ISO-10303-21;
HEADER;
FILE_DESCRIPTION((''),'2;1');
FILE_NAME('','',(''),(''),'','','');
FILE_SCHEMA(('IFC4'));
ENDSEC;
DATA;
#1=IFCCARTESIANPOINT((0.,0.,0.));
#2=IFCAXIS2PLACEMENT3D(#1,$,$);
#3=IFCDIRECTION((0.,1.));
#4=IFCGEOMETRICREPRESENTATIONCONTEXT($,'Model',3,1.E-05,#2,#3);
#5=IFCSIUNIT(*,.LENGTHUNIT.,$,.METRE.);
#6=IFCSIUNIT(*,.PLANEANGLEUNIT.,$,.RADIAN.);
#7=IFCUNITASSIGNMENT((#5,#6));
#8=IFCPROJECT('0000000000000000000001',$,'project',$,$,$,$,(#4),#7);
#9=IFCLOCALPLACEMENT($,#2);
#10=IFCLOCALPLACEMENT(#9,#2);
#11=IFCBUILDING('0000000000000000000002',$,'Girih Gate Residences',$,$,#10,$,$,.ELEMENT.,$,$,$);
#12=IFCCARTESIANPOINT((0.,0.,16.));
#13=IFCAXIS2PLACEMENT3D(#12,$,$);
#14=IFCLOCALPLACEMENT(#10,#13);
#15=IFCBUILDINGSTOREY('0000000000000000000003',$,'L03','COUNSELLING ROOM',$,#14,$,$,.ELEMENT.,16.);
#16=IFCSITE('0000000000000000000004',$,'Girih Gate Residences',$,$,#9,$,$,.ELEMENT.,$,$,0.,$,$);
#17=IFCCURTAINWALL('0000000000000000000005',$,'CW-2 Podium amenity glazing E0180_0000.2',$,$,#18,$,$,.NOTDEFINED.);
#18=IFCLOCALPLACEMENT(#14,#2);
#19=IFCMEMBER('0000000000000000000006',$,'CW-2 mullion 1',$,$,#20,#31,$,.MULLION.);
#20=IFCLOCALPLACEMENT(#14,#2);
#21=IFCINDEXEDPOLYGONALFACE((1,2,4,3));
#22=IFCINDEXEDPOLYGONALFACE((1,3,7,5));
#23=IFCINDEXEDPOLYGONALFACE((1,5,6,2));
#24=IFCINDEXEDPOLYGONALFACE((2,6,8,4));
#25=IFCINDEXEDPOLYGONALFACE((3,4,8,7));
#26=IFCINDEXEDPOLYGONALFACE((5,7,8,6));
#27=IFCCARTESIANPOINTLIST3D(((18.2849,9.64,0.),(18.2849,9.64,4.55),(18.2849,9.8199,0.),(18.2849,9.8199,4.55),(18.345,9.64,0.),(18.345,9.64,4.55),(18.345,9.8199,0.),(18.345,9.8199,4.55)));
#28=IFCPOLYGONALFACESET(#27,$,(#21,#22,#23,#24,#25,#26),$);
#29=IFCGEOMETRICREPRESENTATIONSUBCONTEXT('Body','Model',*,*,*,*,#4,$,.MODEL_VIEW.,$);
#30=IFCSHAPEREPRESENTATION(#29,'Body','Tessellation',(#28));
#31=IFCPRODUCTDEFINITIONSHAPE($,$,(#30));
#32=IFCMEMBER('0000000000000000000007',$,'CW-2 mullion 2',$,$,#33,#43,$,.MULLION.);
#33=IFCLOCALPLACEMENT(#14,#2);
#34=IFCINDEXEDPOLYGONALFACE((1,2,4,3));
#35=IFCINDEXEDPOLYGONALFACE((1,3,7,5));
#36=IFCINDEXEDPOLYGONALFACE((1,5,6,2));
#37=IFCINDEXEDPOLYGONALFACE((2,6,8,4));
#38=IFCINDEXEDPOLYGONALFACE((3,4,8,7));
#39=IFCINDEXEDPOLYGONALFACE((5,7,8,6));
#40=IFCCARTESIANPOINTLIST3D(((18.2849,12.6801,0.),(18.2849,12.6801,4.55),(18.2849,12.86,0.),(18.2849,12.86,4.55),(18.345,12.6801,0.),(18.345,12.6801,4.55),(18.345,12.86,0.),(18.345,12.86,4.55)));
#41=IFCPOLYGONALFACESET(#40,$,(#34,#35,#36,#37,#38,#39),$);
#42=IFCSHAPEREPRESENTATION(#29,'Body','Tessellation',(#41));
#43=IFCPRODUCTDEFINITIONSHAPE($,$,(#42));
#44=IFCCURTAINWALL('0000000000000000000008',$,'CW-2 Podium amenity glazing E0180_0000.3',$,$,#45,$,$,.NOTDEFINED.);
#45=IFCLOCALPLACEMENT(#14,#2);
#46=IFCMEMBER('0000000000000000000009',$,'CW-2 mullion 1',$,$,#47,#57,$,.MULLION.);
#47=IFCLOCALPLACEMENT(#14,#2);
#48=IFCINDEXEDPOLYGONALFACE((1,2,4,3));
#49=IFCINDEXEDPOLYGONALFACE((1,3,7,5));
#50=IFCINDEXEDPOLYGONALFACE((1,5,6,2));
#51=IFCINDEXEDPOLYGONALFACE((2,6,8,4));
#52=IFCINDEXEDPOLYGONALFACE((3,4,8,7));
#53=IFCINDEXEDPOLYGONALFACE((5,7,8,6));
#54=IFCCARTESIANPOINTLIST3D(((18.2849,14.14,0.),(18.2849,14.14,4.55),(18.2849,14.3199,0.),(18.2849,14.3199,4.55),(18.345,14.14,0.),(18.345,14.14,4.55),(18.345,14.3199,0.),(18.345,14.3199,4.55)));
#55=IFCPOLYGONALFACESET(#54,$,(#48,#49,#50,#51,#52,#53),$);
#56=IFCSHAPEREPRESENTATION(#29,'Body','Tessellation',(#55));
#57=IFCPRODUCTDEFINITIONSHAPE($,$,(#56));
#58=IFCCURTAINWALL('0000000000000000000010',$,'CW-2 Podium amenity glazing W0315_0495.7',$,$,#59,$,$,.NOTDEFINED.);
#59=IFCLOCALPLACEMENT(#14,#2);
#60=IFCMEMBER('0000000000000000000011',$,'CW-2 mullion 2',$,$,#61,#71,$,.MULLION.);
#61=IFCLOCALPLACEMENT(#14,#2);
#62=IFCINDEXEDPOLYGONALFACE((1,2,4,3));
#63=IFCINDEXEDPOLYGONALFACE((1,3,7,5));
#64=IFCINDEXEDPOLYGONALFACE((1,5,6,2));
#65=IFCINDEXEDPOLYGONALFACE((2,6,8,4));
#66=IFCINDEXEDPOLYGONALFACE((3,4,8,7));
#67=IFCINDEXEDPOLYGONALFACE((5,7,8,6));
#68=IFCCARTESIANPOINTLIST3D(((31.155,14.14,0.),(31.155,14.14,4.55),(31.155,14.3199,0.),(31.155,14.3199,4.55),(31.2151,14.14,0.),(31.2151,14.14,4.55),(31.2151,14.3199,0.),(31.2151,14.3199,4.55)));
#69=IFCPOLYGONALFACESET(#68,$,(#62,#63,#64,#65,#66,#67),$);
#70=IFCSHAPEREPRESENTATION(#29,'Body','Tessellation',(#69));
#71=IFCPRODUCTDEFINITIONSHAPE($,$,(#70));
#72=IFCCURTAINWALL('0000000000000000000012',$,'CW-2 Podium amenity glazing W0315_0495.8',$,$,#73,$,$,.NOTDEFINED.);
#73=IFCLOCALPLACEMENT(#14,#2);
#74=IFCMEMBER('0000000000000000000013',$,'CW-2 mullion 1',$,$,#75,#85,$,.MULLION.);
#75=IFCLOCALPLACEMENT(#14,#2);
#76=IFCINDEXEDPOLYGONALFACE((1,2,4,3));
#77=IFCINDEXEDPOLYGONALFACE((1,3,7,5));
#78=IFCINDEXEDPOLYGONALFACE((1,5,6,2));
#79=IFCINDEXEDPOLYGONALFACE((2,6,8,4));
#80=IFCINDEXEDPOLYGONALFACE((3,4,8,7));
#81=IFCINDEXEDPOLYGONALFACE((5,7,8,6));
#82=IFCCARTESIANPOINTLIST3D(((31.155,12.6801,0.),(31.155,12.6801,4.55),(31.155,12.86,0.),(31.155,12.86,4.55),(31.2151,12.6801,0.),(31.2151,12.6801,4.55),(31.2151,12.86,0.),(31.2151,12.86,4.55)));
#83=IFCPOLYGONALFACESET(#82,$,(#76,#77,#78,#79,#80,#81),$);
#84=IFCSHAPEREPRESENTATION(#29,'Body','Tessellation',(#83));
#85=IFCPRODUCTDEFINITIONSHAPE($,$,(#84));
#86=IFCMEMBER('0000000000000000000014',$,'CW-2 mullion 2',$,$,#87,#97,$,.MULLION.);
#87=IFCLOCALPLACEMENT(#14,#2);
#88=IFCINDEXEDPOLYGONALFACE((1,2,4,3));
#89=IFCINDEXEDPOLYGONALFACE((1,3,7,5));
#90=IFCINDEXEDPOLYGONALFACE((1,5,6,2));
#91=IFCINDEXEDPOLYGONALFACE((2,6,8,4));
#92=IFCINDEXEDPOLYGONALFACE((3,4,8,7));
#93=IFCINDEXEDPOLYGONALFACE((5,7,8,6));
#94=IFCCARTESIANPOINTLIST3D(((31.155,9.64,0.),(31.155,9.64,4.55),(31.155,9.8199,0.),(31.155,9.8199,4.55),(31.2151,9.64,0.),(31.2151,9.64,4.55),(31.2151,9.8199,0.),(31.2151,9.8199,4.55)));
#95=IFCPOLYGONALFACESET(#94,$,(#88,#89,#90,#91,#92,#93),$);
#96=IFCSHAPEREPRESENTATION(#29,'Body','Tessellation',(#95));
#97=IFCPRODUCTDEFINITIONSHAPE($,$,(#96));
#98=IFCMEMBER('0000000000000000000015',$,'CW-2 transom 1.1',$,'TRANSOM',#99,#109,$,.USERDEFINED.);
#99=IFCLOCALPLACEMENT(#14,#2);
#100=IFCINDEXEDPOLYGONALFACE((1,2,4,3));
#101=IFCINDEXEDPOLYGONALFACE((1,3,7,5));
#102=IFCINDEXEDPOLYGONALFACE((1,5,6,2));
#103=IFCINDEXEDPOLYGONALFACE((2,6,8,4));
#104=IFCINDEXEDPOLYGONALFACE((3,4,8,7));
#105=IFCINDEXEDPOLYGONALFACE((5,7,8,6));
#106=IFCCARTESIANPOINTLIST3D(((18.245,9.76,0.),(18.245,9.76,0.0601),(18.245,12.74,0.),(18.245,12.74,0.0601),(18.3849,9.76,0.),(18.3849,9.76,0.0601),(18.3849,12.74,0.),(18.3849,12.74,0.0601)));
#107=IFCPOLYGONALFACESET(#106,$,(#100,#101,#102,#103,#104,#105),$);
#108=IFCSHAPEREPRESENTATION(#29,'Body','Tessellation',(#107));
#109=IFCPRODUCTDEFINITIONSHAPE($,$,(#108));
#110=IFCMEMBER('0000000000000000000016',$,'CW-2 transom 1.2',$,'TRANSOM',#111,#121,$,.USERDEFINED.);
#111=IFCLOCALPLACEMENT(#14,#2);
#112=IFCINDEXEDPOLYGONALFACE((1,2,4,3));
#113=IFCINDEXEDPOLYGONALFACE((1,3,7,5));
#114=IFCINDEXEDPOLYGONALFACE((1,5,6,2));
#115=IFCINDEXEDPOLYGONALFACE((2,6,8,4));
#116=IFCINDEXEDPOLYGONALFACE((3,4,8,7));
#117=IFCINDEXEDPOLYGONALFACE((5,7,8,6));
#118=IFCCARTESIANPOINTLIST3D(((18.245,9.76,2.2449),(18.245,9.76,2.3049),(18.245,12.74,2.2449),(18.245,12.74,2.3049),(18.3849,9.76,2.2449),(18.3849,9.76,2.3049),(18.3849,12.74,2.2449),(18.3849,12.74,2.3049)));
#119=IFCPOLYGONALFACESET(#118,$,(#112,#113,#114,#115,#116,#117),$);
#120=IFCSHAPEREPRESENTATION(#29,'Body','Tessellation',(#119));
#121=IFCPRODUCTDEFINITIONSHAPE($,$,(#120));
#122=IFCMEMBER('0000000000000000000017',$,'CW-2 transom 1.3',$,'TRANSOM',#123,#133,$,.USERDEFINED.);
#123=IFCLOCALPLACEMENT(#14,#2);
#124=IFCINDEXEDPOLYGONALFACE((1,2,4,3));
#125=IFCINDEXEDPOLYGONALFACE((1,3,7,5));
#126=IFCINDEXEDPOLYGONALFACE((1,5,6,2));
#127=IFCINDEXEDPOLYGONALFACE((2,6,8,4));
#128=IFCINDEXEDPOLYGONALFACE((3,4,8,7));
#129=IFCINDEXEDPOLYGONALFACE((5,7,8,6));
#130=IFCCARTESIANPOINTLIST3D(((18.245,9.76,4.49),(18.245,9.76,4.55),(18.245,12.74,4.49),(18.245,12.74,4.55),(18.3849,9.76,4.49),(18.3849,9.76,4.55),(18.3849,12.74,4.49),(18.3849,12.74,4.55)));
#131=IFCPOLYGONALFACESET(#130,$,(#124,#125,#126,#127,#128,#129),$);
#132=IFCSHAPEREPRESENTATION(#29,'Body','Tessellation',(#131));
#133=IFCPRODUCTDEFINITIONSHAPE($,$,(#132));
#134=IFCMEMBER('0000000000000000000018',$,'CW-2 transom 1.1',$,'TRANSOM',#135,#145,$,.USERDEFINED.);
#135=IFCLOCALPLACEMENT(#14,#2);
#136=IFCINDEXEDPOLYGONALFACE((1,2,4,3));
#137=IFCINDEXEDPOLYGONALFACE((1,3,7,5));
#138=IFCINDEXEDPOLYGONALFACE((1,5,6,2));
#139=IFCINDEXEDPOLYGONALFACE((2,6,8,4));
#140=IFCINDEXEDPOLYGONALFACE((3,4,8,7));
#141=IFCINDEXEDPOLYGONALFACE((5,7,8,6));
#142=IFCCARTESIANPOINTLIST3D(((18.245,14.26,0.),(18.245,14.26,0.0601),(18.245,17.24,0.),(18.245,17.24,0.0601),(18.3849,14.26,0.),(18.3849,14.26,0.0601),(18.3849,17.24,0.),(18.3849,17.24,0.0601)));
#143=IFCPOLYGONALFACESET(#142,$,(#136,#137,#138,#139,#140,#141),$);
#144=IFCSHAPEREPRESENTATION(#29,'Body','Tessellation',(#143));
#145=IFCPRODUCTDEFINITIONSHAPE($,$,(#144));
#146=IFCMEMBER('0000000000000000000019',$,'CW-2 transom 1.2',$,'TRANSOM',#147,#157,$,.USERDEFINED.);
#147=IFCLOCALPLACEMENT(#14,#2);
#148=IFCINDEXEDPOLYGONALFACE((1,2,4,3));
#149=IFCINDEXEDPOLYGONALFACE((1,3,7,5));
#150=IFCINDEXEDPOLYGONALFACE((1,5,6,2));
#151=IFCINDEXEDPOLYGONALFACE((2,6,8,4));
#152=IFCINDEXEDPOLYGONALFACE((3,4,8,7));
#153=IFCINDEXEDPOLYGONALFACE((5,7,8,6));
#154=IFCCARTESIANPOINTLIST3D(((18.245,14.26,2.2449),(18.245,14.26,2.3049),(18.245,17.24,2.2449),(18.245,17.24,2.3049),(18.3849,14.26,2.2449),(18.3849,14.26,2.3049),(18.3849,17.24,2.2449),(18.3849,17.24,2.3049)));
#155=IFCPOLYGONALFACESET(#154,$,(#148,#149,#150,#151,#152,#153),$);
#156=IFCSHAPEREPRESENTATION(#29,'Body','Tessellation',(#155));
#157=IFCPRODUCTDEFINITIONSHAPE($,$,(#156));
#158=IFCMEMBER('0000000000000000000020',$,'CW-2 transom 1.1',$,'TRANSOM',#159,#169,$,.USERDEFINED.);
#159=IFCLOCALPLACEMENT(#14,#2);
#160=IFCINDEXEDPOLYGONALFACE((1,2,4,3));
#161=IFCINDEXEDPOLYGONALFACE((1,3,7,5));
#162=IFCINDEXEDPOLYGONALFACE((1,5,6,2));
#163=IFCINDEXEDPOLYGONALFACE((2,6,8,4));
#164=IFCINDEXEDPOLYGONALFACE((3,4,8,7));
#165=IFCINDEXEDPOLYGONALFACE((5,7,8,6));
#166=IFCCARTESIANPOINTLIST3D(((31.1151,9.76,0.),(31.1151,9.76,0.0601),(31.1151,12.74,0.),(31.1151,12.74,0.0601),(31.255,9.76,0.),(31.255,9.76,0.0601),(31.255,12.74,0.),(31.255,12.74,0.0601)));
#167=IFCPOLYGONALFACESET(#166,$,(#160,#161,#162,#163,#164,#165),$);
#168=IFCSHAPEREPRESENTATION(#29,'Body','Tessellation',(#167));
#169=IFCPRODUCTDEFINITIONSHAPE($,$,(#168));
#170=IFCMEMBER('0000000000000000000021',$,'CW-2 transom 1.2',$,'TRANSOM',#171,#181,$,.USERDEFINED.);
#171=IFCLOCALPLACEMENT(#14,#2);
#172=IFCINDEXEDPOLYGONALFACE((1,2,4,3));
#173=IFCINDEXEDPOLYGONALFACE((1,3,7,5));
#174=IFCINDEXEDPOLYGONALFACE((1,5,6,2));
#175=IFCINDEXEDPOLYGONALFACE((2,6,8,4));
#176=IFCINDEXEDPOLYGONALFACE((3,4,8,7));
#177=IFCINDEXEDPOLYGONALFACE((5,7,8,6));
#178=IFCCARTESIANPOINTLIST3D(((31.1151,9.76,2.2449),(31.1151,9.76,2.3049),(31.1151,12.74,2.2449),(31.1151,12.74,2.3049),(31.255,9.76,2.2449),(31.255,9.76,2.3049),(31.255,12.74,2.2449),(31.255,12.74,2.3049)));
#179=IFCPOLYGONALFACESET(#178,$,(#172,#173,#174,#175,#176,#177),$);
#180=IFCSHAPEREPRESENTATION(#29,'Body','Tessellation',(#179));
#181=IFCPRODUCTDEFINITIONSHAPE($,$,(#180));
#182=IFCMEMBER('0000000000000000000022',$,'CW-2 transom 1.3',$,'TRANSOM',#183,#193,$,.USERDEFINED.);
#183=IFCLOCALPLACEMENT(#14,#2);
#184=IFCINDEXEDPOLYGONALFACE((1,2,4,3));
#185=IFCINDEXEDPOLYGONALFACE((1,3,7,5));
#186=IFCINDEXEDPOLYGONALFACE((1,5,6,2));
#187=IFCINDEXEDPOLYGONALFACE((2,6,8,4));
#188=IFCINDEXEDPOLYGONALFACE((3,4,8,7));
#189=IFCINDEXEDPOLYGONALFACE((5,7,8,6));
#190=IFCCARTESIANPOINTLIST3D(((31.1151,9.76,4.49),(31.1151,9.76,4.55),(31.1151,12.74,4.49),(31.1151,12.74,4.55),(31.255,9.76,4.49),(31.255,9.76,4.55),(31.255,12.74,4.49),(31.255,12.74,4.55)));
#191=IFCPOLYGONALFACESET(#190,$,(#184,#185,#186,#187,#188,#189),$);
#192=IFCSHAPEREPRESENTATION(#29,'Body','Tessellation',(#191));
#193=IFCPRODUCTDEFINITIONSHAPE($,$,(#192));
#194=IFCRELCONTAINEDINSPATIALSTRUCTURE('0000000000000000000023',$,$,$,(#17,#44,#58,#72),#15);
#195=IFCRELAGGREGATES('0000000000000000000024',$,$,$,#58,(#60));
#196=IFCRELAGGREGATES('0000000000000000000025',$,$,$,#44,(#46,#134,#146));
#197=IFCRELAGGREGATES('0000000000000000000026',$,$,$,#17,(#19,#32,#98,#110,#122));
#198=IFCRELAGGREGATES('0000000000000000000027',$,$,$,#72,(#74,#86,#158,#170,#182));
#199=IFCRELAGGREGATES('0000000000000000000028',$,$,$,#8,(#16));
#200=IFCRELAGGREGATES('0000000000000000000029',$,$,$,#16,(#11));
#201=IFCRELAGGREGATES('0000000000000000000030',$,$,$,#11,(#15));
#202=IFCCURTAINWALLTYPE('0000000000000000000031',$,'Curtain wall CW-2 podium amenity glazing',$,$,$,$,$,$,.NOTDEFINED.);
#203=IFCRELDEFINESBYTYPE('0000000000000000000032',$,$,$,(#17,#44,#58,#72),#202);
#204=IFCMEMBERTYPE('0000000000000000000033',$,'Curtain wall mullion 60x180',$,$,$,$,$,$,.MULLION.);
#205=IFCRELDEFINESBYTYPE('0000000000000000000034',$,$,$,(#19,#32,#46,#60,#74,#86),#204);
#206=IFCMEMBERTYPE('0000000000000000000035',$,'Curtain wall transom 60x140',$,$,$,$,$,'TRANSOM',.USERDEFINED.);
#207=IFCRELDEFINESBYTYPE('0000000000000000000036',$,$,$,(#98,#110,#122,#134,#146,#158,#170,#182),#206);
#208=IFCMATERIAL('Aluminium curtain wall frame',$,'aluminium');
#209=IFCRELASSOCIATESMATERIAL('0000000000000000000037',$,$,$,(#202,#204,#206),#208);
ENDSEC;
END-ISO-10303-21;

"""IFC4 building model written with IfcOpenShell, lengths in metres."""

from ifc_helpers import new_model, si_unit, direction, frame, origin, origin_2d, place, context, subcontext, project, spatial, rectangle, extrude, material, material_profile, profile_set, type_object, element, aggregate, save


model = new_model("IFC4")

# Units and contexts
model_context = context("Model", 3, precision=1e-05, world=origin(), true_north=direction((0.0, 1.0)))
body_context = subcontext(model_context, "Body", "Model", "MODEL_VIEW")
ifc_project = project(units=[si_unit("LENGTHUNIT", "METRE"), si_unit("PLANEANGLEUNIT", "RADIAN")], contexts=[model_context])

# Site, building, storey
site_placement = place(None, origin())
site = spatial("IfcSite", under=ifc_project, at=site_placement, Name="Girih Gate Residences", CompositionType="ELEMENT", RefElevation=0.0)
building_placement = place(site_placement, origin())
building = spatial("IfcBuilding", under=site, at=building_placement, Name="Girih Gate Residences", CompositionType="ELEMENT")
storey_placement = place(building_placement, frame((0.0, 0.0, 16.0)))
storey = spatial("IfcBuildingStorey", under=building, at=storey_placement, Name="L03", Description="COUNSELLING ROOM", CompositionType="ELEMENT", Elevation=16.0)

# Curtain wall, members
ifc_material_1 = material(Name="Aluminium curtain wall frame", Category="aluminium")
curtain_wall_type = type_object("IfcCurtainWallType", Name="Curtain wall CW-2 podium amenity glazing", PredefinedType="NOTDEFINED", material=ifc_material_1)
curtain_wall_1_placement = place(storey_placement, origin())
curtain_wall_1 = element("IfcCurtainWall", 1, at=curtain_wall_1_placement, inside=storey, type_object=curtain_wall_type, Name="CW-2 Podium amenity glazing E0180_0000.2", PredefinedType="NOTDEFINED")
ifc_material_profile_1 = material_profile(ifc_material_1, rectangle(XDim=0.0601, YDim=0.1799, at=origin_2d()))
ifc_profile_set_1 = profile_set([ifc_material_profile_1], Name="Aluminium curtain wall frame")
member_type_1 = type_object("IfcMemberType", Name="Curtain wall mullion 60x180", PredefinedType="MULLION", material=ifc_profile_set_1)
member_1_placement = place(storey_placement, frame((18.3149, 9.73, 0.0), z_axis=(0.0, 0.0, 1.0), x_axis=(-1.0, 0.0, 0.0)))
member_1 = element("IfcMember", 2, at=member_1_placement, type_object=member_type_1, Name="CW-2 mullion 1", PredefinedType="MULLION", context=body_context, shape_type="SweptSolid", body=[
    extrude(rectangle(XDim=0.0601, YDim=0.1799, at=origin_2d()), origin(), (0.0, 0.0, 1.0), 4.55),
])
member_2_placement = place(storey_placement, frame((18.3149, 12.77, 0.0), z_axis=(0.0, 0.0, 1.0), x_axis=(-1.0, 0.0, 0.0)))
member_2 = element("IfcMember", 3, at=member_2_placement, type_object=member_type_1, Name="CW-2 mullion 2", PredefinedType="MULLION", context=body_context, shape_type="SweptSolid", body=[
    extrude(rectangle(XDim=0.0601, YDim=0.1799, at=origin_2d()), origin(), (0.0, 0.0, 1.0), 4.55),
])

# Curtain walls, members
curtain_wall_2_placement = place(storey_placement, origin())
curtain_wall_2 = element("IfcCurtainWall", 4, at=curtain_wall_2_placement, inside=storey, type_object=curtain_wall_type, Name="CW-2 Podium amenity glazing E0180_0000.3", PredefinedType="NOTDEFINED")
member_3_placement = place(storey_placement, frame((18.3149, 14.23, 0.0), z_axis=(0.0, 0.0, 1.0), x_axis=(-1.0, 0.0, 0.0)))
member_3 = element("IfcMember", 5, at=member_3_placement, type_object=member_type_1, Name="CW-2 mullion 1", PredefinedType="MULLION", context=body_context, shape_type="SweptSolid", body=[
    extrude(rectangle(XDim=0.0601, YDim=0.1799, at=origin_2d()), origin(), (0.0, 0.0, 1.0), 4.55),
])
curtain_wall_3_placement = place(storey_placement, origin())
curtain_wall_3 = element("IfcCurtainWall", 6, at=curtain_wall_3_placement, inside=storey, type_object=curtain_wall_type, Name="CW-2 Podium amenity glazing W0315_0495.7", PredefinedType="NOTDEFINED")
member_4_placement = place(storey_placement, frame((31.1851, 14.23, 0.0), z_axis=(0.0, 0.0, 1.0), x_axis=(1.0, 0.0, 0.0)))
member_4 = element("IfcMember", 7, at=member_4_placement, type_object=member_type_1, Name="CW-2 mullion 2", PredefinedType="MULLION", context=body_context, shape_type="SweptSolid", body=[
    extrude(rectangle(XDim=0.0601, YDim=0.1799, at=origin_2d()), origin(), (0.0, 0.0, 1.0), 4.55),
])
aggregate(curtain_wall_3, [member_4])

# Curtain wall, members
curtain_wall_4_placement = place(storey_placement, origin())
curtain_wall_4 = element("IfcCurtainWall", 8, at=curtain_wall_4_placement, inside=storey, type_object=curtain_wall_type, Name="CW-2 Podium amenity glazing W0315_0495.8", PredefinedType="NOTDEFINED")
member_5_placement = place(storey_placement, frame((31.1851, 12.77, 0.0), z_axis=(0.0, 0.0, 1.0), x_axis=(1.0, 0.0, 0.0)))
member_5 = element("IfcMember", 9, at=member_5_placement, type_object=member_type_1, Name="CW-2 mullion 1", PredefinedType="MULLION", context=body_context, shape_type="SweptSolid", body=[
    extrude(rectangle(XDim=0.0601, YDim=0.1799, at=origin_2d()), origin(), (0.0, 0.0, 1.0), 4.55),
])
member_6_placement = place(storey_placement, frame((31.1851, 9.73, 0.0), z_axis=(0.0, 0.0, 1.0), x_axis=(1.0, 0.0, 0.0)))
member_6 = element("IfcMember", 10, at=member_6_placement, type_object=member_type_1, Name="CW-2 mullion 2", PredefinedType="MULLION", context=body_context, shape_type="SweptSolid", body=[
    extrude(rectangle(XDim=0.0601, YDim=0.1799, at=origin_2d()), origin(), (0.0, 0.0, 1.0), 4.55),
])

# Members
ifc_material_profile_2 = material_profile(ifc_material_1, rectangle(XDim=0.1399, YDim=0.0601, at=origin_2d()))
ifc_profile_set_2 = profile_set([ifc_material_profile_2], Name="Aluminium curtain wall frame")
member_type_2 = type_object("IfcMemberType", Name="Curtain wall transom 60x140", ElementType="TRANSOM", PredefinedType="USERDEFINED", material=ifc_profile_set_2)
member_7_placement = place(storey_placement, frame((18.3149, 9.76, 0.03), z_axis=(0.0, 1.0, 0.0), x_axis=(-1.0, 0.0, 0.0)))
member_7 = element("IfcMember", 11, at=member_7_placement, type_object=member_type_2, Name="CW-2 transom 1.1", ObjectType="TRANSOM", PredefinedType="USERDEFINED", context=body_context, shape_type="SweptSolid", body=[
    extrude(rectangle(XDim=0.1399, YDim=0.0601, at=origin_2d()), origin(), (0.0, 0.0, 1.0), 2.98),
])
member_8_placement = place(storey_placement, frame((18.3149, 9.76, 2.2749), z_axis=(0.0, 1.0, 0.0), x_axis=(-1.0, 0.0, 0.0)))
member_8 = element("IfcMember", 12, at=member_8_placement, type_object=member_type_2, Name="CW-2 transom 1.2", ObjectType="TRANSOM", PredefinedType="USERDEFINED", context=body_context, shape_type="SweptSolid", body=[
    extrude(rectangle(XDim=0.1399, YDim=0.0601, at=origin_2d()), origin(), (0.0, 0.0, 1.0), 2.98),
])
member_9_placement = place(storey_placement, frame((18.3149, 9.76, 4.52), z_axis=(0.0, 1.0, 0.0), x_axis=(-1.0, 0.0, 0.0)))
member_9 = element("IfcMember", 13, at=member_9_placement, type_object=member_type_2, Name="CW-2 transom 1.3", ObjectType="TRANSOM", PredefinedType="USERDEFINED", context=body_context, shape_type="SweptSolid", body=[
    extrude(rectangle(XDim=0.1399, YDim=0.0601, at=origin_2d()), origin(), (0.0, 0.0, 1.0), 2.98),
])
member_10_placement = place(storey_placement, frame((18.3149, 14.26, 0.03), z_axis=(0.0, 1.0, 0.0), x_axis=(-1.0, 0.0, 0.0)))
member_10 = element("IfcMember", 14, at=member_10_placement, type_object=member_type_2, Name="CW-2 transom 1.1", ObjectType="TRANSOM", PredefinedType="USERDEFINED", context=body_context, shape_type="SweptSolid", body=[
    extrude(rectangle(XDim=0.1399, YDim=0.0601, at=origin_2d()), origin(), (0.0, 0.0, 1.0), 2.98),
])
member_11_placement = place(storey_placement, frame((18.3149, 14.26, 2.2749), z_axis=(0.0, 1.0, 0.0), x_axis=(-1.0, 0.0, 0.0)))
member_11 = element("IfcMember", 15, at=member_11_placement, type_object=member_type_2, Name="CW-2 transom 1.2", ObjectType="TRANSOM", PredefinedType="USERDEFINED", context=body_context, shape_type="SweptSolid", body=[
    extrude(rectangle(XDim=0.1399, YDim=0.0601, at=origin_2d()), origin(), (0.0, 0.0, 1.0), 2.98),
])
aggregate(curtain_wall_2, [member_3, member_10, member_11])
member_12_placement = place(storey_placement, frame((31.1851, 12.74, 0.03), z_axis=(0.0, -1.0, 0.0), x_axis=(1.0, 0.0, 0.0)))
member_12 = element("IfcMember", 16, at=member_12_placement, type_object=member_type_2, Name="CW-2 transom 1.1", ObjectType="TRANSOM", PredefinedType="USERDEFINED", context=body_context, shape_type="SweptSolid", body=[
    extrude(rectangle(XDim=0.1399, YDim=0.0601, at=origin_2d()), origin(), (0.0, 0.0, 1.0), 2.98),
])
member_13_placement = place(storey_placement, frame((31.1851, 12.74, 2.2749), z_axis=(0.0, -1.0, 0.0), x_axis=(1.0, 0.0, 0.0)))
member_13 = element("IfcMember", 17, at=member_13_placement, type_object=member_type_2, Name="CW-2 transom 1.2", ObjectType="TRANSOM", PredefinedType="USERDEFINED", context=body_context, shape_type="SweptSolid", body=[
    extrude(rectangle(XDim=0.1399, YDim=0.0601, at=origin_2d()), origin(), (0.0, 0.0, 1.0), 2.98),
])
member_14_placement = place(storey_placement, frame((31.1851, 12.74, 4.52), z_axis=(0.0, -1.0, 0.0), x_axis=(1.0, 0.0, 0.0)))
member_14 = element("IfcMember", 18, at=member_14_placement, type_object=member_type_2, Name="CW-2 transom 1.3", ObjectType="TRANSOM", PredefinedType="USERDEFINED", context=body_context, shape_type="SweptSolid", body=[
    extrude(rectangle(XDim=0.1399, YDim=0.0601, at=origin_2d()), origin(), (0.0, 0.0, 1.0), 2.98),
])

aggregate(curtain_wall_1, [member_1, member_2, member_7, member_8, member_9])
aggregate(curtain_wall_4, [member_5, member_6, member_12, member_13, member_14])

save(model, "model.ifc")
